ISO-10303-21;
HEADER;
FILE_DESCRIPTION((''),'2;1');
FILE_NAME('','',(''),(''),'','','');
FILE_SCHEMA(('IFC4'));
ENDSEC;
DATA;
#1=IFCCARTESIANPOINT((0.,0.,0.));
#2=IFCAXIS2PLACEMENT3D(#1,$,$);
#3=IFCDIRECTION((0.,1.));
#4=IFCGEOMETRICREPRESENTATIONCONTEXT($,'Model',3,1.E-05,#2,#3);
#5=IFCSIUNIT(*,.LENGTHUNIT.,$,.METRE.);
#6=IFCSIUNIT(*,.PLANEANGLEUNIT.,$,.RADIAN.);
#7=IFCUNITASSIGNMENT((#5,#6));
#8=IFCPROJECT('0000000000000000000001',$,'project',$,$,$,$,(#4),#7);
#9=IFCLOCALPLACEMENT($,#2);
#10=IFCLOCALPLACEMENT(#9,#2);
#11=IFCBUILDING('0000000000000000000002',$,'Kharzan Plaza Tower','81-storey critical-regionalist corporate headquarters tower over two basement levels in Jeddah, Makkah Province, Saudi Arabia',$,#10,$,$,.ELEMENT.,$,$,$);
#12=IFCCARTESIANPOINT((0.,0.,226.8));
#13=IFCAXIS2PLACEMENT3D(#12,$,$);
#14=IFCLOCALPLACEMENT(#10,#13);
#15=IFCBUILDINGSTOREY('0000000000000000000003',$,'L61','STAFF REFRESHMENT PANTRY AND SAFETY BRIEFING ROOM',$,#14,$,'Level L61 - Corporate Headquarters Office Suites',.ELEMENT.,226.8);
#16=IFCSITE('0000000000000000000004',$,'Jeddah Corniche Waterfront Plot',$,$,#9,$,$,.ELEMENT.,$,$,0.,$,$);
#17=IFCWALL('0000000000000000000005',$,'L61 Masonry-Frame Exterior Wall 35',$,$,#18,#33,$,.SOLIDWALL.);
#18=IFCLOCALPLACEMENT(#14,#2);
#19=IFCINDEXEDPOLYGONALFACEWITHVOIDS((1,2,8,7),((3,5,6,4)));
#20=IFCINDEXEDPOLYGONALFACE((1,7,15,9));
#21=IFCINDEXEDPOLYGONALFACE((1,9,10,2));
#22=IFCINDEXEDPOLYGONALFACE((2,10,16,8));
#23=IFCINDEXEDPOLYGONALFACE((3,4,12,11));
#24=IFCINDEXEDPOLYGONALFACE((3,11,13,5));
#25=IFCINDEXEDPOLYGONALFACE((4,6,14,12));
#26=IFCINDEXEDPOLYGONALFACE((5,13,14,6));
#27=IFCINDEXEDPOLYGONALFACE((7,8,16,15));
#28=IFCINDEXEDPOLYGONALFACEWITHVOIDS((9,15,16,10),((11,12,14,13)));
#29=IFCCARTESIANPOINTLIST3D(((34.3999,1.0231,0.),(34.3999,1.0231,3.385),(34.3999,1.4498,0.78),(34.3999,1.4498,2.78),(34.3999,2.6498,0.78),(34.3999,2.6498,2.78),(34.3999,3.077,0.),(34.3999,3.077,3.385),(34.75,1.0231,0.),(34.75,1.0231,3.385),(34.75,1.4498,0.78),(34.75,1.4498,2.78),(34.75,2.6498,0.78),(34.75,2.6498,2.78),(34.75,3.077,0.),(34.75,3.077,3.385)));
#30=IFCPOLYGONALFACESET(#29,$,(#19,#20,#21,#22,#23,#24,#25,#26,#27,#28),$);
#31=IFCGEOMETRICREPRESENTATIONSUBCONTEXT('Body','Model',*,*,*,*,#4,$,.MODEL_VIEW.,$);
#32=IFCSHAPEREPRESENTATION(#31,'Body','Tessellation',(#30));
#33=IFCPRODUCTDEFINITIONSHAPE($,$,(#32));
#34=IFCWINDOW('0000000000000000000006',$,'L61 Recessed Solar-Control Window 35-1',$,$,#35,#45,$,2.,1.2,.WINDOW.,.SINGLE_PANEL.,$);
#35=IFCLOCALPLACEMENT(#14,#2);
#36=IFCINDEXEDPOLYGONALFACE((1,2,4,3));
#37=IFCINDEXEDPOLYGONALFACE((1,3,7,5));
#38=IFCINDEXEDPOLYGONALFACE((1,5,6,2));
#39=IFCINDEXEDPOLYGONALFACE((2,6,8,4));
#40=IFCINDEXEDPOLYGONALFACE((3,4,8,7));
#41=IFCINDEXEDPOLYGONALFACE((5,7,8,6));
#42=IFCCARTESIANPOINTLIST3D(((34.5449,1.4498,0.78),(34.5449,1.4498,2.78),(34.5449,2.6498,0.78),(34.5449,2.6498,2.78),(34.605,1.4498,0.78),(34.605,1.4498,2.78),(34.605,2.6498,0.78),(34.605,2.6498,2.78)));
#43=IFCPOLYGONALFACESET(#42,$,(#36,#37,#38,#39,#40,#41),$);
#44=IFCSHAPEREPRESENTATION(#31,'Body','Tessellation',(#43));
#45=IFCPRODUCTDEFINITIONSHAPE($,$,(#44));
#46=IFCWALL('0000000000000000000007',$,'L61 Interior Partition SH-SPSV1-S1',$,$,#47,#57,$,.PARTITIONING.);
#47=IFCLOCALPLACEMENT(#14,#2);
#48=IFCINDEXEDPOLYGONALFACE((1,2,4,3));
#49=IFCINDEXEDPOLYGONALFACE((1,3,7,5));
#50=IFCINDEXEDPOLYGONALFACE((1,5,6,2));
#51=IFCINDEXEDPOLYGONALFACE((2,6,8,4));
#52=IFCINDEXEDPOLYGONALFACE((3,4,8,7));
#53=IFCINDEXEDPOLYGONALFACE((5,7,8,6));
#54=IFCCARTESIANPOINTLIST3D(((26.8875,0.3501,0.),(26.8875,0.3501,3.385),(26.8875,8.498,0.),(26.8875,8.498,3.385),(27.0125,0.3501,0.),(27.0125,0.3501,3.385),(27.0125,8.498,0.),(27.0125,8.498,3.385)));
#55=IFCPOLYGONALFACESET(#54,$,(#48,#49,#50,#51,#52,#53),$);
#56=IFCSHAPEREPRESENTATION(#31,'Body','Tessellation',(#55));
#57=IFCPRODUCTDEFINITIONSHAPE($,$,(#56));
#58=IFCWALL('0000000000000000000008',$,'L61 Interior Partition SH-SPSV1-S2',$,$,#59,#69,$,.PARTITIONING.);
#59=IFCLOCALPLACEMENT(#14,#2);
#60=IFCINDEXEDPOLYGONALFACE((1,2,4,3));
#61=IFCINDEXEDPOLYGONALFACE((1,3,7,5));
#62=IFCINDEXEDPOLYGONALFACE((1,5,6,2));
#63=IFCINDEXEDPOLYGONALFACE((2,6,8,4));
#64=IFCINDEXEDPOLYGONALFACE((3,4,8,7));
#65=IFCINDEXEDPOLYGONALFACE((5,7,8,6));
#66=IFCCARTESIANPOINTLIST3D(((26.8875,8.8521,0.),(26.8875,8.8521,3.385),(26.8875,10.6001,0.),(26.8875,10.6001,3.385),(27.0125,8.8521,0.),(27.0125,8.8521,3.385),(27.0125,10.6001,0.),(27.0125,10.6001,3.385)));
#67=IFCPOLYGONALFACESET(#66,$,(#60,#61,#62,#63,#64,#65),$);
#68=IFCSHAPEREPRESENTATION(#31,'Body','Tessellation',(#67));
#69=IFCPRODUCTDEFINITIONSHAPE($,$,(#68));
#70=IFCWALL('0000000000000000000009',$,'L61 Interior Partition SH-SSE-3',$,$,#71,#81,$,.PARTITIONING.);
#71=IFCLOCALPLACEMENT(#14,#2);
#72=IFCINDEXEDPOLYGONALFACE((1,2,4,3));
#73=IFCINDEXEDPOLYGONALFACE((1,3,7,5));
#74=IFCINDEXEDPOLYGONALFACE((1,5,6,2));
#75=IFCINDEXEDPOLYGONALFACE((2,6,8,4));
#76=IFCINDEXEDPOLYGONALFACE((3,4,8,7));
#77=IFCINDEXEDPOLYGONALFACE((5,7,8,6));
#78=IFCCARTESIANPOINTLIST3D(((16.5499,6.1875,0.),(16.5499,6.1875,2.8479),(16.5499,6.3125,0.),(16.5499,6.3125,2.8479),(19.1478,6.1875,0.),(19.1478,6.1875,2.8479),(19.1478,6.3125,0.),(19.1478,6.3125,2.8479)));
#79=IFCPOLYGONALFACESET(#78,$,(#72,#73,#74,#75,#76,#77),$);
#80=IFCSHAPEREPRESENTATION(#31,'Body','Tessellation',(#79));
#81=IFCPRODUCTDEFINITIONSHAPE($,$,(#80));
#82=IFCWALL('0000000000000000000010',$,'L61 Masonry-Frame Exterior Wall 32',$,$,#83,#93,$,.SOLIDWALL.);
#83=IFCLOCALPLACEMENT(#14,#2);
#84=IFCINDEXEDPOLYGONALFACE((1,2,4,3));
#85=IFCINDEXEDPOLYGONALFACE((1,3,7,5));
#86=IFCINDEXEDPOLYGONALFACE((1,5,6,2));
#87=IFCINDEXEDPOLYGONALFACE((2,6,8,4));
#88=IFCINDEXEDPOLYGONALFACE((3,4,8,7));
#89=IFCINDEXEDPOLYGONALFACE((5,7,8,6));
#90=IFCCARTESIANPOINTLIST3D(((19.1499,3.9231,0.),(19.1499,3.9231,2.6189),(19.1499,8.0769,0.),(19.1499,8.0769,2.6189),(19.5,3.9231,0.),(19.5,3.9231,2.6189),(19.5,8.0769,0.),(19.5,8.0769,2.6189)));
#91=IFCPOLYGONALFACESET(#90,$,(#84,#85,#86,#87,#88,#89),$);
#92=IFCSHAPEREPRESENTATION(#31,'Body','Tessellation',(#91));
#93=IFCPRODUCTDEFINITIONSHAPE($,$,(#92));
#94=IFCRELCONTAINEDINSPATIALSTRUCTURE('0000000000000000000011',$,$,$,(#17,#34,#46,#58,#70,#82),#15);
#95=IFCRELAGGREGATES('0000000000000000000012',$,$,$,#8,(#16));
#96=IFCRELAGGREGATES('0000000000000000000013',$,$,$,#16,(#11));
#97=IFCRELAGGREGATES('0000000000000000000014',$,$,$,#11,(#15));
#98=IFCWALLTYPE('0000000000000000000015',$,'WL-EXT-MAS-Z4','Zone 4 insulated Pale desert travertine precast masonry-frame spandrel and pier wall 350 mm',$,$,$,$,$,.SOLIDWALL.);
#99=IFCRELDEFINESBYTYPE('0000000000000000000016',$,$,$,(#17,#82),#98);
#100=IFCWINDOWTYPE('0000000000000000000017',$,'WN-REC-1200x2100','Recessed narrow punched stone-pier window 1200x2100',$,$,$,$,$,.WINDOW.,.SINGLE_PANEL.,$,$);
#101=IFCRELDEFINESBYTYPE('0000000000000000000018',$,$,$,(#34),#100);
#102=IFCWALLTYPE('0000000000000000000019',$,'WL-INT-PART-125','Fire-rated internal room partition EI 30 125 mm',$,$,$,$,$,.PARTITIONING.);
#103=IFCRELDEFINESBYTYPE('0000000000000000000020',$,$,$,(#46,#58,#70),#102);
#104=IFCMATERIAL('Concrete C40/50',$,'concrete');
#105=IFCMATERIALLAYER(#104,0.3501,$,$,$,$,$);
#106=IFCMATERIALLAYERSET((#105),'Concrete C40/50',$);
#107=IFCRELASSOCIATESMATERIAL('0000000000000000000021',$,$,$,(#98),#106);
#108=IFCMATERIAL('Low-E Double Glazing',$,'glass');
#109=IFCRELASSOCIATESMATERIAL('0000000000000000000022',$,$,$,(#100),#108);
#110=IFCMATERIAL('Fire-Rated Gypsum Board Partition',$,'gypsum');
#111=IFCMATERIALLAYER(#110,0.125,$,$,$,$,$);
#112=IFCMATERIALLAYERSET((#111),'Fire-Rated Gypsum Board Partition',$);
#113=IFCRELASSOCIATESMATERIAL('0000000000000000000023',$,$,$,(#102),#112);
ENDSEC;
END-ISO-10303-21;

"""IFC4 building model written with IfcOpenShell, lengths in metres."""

from ifc_helpers import new_model, si_unit, direction, frame, frame_2d, origin, place, context, subcontext, project, spatial, rectangle, extrude, source, transform, mapped, material, layer, layer_set, type_object, element, fill, save


model = new_model("IFC4")

# Units and contexts
model_context = context("Model", 3, precision=1e-05, world=origin(), true_north=direction((0.0, 1.0)))
body_context = subcontext(model_context, "Body", "Model", "MODEL_VIEW")
ifc_project = project(units=[si_unit("LENGTHUNIT", "METRE"), si_unit("PLANEANGLEUNIT", "RADIAN")], contexts=[model_context])

# Site, building, storey
site_placement = place(None, origin())
site = spatial("IfcSite", under=ifc_project, at=site_placement, Name="Jeddah Corniche Waterfront Plot", CompositionType="ELEMENT", RefElevation=0.0)
building_placement = place(site_placement, origin())
building = spatial("IfcBuilding", under=site, at=building_placement, Name="Kharzan Plaza Tower", Description="81-storey critical-regionalist corporate headquarters tower over two basement levels in Jeddah, Makkah Province, Saudi Arabia", CompositionType="ELEMENT")
storey_placement = place(building_placement, frame((0.0, 0.0, 226.8)))
storey = spatial("IfcBuildingStorey", under=building, at=storey_placement, Name="L61", Description="STAFF REFRESHMENT PANTRY AND SAFETY BRIEFING ROOM", LongName="Level L61 - Corporate Headquarters Office Suites", CompositionType="ELEMENT", Elevation=226.8)

# Shared definitions
ifc_material_1 = material(Name="Concrete C40/50", Category="concrete")
ifc_layer_1 = layer(ifc_material_1, 0.3501)
ifc_layer_set_1 = layer_set([ifc_layer_1], Name="Concrete C40/50")
wall_type_1 = type_object("IfcWallType", Name="WL-EXT-MAS-Z4", Description="Zone 4 insulated Pale desert travertine precast masonry-frame spandrel and pier wall 350 mm", PredefinedType="SOLIDWALL", material=ifc_layer_set_1)
ifc_material_2 = material(Name="Low-E Double Glazing", Category="glass")
window_type_1 = type_object("IfcWindowType", Name="WN-REC-1200x2100", Description="Recessed narrow punched stone-pier window 1200x2100", PartitioningType="SINGLE_PANEL", PredefinedType="WINDOW", material=ifc_material_2)

# Wall, opening, window
wall_1_placement = place(storey_placement, frame((34.575, 3.0769, 0.0), z_axis=(0.0, 0.0, 1.0), x_axis=(0.0, -1.0, 0.0)))
wall_1 = element("IfcWall", 1, at=wall_1_placement, inside=storey, type_object=wall_type_1, Name="L61 Masonry-Frame Exterior Wall 35", PredefinedType="SOLIDWALL", context=body_context, shape_type="SweptSolid", body=[
    extrude(rectangle(XDim=2.054, YDim=0.3501, at=frame_2d((1.0269, 0.0))), origin(), (0.0, 0.0, 1.0), 3.385),
])
opening_1_placement = place(wall_1_placement, frame((0.427, 0.0, 0.78)))
opening_1 = element("IfcOpeningElement", 2, at=opening_1_placement, cuts=wall_1, PredefinedType="OPENING", context=body_context, shape_type="SweptSolid", body=[
    extrude(rectangle(XDim=1.2, YDim=2.0, at=frame_2d((0.6001, 1.0))), frame((0.0, 0.1851, 0.0), z_axis=(0.0, -1.0, 0.0), x_axis=(1.0, 0.0, 0.0)), (0.0, 0.0, 1.0), 0.3701),
])
shared_shape_1 = source(origin(), body_context, "Body", "SweptSolid", [
    extrude(rectangle(XDim=1.2, YDim=2.0, at=frame_2d((0.6001, 1.0))), frame((0.0, 0.03, 0.0), z_axis=(0.0, -1.0, 0.0), x_axis=(1.0, 0.0, 0.0)), (0.0, 0.0, 1.0), 0.0601),
])
window_1_placement = place(opening_1_placement, origin())
window_1 = element("IfcWindow", 3, at=window_1_placement, inside=storey, type_object=window_type_1, Name="L61 Recessed Solar-Control Window 35-1", OverallHeight=2.0, OverallWidth=1.2, PartitioningType="SINGLE_PANEL", PredefinedType="WINDOW", context=body_context, shape_type="MappedRepresentation", body=[
    mapped(shared_shape_1, transform((0.0, 0.0, 0.0), x_axis=(1.0, 0.0, 0.0), y_axis=(0.0, 1.0, 0.0), z_axis=(0.0, 0.0, 1.0))),
])
fill(opening_1, window_1)

# Walls
ifc_material_3 = material(Name="Fire-Rated Gypsum Board Partition", Category="gypsum")
ifc_layer_2 = layer(ifc_material_3, 0.125)
ifc_layer_set_2 = layer_set([ifc_layer_2], Name="Fire-Rated Gypsum Board Partition")
wall_type_2 = type_object("IfcWallType", Name="WL-INT-PART-125", Description="Fire-rated internal room partition EI 30 125 mm", PredefinedType="PARTITIONING", material=ifc_layer_set_2)
shared_shape_2 = source(origin(), body_context, "Body", "SweptSolid", [
    extrude(rectangle(XDim=8.1479, YDim=0.125, at=frame_2d((4.074, 0.0))), origin(), (0.0, 0.0, 1.0), 3.385),
])
wall_2_placement = place(storey_placement, frame((26.95, 0.3501, 0.0), z_axis=(0.0, 0.0, 1.0), x_axis=(0.0, 1.0, 0.0)))
element("IfcWall", 4, at=wall_2_placement, inside=storey, type_object=wall_type_2, Name="L61 Interior Partition SH-SPSV1-S1", PredefinedType="PARTITIONING", context=body_context, shape_type="MappedRepresentation", body=[
    mapped(shared_shape_2, transform((0.0, 0.0, 0.0), x_axis=(1.0, 0.0, 0.0), y_axis=(0.0, 1.0, 0.0), z_axis=(0.0, 0.0, 1.0))),
])
shared_shape_3 = source(origin(), body_context, "Body", "SweptSolid", [
    extrude(rectangle(XDim=1.748, YDim=0.125, at=frame_2d((0.874, 0.0))), origin(), (0.0, 0.0, 1.0), 3.385),
])
wall_3_placement = place(storey_placement, frame((26.95, 8.8521, 0.0), z_axis=(0.0, 0.0, 1.0), x_axis=(0.0, 1.0, 0.0)))
element("IfcWall", 5, at=wall_3_placement, inside=storey, type_object=wall_type_2, Name="L61 Interior Partition SH-SPSV1-S2", PredefinedType="PARTITIONING", context=body_context, shape_type="MappedRepresentation", body=[
    mapped(shared_shape_3, transform((0.0, 0.0, 0.0), x_axis=(1.0, 0.0, 0.0), y_axis=(0.0, 1.0, 0.0), z_axis=(0.0, 0.0, 1.0))),
])
shared_shape_4 = source(origin(), body_context, "Body", "SweptSolid", [
    extrude(rectangle(XDim=2.5979, YDim=0.125, at=frame_2d((1.2988, 0.0))), origin(), (0.0, 0.0, 1.0), 2.8479),
])
wall_4_placement = place(storey_placement, frame((16.55, 6.25, 0.0), z_axis=(0.0, 0.0, 1.0), x_axis=(1.0, 0.0, 0.0)))
element("IfcWall", 6, at=wall_4_placement, inside=storey, type_object=wall_type_2, Name="L61 Interior Partition SH-SSE-3", PredefinedType="PARTITIONING", context=body_context, shape_type="MappedRepresentation", body=[
    mapped(shared_shape_4, transform((0.0, 0.0, 0.0), x_axis=(1.0, 0.0, 0.0), y_axis=(0.0, 1.0, 0.0), z_axis=(0.0, 0.0, 1.0))),
])
shared_shape_5 = source(origin(), body_context, "Body", "SweptSolid", [
    extrude(rectangle(XDim=4.1538, YDim=0.3501, at=frame_2d((2.0769, 0.0))), origin(), (0.0, 0.0, 1.0), 2.6189),
])
wall_5_placement = place(storey_placement, frame((19.325, 3.9231, 0.0), z_axis=(0.0, 0.0, 1.0), x_axis=(0.0, 1.0, 0.0)))
element("IfcWall", 7, at=wall_5_placement, inside=storey, type_object=wall_type_1, Name="L61 Masonry-Frame Exterior Wall 32", PredefinedType="SOLIDWALL", context=body_context, shape_type="MappedRepresentation", body=[
    mapped(shared_shape_5, transform((0.0, 0.0, 0.0), x_axis=(1.0, 0.0, 0.0), y_axis=(0.0, 1.0, 0.0), z_axis=(0.0, 0.0, 1.0))),
])

save(model, "model.ifc")
